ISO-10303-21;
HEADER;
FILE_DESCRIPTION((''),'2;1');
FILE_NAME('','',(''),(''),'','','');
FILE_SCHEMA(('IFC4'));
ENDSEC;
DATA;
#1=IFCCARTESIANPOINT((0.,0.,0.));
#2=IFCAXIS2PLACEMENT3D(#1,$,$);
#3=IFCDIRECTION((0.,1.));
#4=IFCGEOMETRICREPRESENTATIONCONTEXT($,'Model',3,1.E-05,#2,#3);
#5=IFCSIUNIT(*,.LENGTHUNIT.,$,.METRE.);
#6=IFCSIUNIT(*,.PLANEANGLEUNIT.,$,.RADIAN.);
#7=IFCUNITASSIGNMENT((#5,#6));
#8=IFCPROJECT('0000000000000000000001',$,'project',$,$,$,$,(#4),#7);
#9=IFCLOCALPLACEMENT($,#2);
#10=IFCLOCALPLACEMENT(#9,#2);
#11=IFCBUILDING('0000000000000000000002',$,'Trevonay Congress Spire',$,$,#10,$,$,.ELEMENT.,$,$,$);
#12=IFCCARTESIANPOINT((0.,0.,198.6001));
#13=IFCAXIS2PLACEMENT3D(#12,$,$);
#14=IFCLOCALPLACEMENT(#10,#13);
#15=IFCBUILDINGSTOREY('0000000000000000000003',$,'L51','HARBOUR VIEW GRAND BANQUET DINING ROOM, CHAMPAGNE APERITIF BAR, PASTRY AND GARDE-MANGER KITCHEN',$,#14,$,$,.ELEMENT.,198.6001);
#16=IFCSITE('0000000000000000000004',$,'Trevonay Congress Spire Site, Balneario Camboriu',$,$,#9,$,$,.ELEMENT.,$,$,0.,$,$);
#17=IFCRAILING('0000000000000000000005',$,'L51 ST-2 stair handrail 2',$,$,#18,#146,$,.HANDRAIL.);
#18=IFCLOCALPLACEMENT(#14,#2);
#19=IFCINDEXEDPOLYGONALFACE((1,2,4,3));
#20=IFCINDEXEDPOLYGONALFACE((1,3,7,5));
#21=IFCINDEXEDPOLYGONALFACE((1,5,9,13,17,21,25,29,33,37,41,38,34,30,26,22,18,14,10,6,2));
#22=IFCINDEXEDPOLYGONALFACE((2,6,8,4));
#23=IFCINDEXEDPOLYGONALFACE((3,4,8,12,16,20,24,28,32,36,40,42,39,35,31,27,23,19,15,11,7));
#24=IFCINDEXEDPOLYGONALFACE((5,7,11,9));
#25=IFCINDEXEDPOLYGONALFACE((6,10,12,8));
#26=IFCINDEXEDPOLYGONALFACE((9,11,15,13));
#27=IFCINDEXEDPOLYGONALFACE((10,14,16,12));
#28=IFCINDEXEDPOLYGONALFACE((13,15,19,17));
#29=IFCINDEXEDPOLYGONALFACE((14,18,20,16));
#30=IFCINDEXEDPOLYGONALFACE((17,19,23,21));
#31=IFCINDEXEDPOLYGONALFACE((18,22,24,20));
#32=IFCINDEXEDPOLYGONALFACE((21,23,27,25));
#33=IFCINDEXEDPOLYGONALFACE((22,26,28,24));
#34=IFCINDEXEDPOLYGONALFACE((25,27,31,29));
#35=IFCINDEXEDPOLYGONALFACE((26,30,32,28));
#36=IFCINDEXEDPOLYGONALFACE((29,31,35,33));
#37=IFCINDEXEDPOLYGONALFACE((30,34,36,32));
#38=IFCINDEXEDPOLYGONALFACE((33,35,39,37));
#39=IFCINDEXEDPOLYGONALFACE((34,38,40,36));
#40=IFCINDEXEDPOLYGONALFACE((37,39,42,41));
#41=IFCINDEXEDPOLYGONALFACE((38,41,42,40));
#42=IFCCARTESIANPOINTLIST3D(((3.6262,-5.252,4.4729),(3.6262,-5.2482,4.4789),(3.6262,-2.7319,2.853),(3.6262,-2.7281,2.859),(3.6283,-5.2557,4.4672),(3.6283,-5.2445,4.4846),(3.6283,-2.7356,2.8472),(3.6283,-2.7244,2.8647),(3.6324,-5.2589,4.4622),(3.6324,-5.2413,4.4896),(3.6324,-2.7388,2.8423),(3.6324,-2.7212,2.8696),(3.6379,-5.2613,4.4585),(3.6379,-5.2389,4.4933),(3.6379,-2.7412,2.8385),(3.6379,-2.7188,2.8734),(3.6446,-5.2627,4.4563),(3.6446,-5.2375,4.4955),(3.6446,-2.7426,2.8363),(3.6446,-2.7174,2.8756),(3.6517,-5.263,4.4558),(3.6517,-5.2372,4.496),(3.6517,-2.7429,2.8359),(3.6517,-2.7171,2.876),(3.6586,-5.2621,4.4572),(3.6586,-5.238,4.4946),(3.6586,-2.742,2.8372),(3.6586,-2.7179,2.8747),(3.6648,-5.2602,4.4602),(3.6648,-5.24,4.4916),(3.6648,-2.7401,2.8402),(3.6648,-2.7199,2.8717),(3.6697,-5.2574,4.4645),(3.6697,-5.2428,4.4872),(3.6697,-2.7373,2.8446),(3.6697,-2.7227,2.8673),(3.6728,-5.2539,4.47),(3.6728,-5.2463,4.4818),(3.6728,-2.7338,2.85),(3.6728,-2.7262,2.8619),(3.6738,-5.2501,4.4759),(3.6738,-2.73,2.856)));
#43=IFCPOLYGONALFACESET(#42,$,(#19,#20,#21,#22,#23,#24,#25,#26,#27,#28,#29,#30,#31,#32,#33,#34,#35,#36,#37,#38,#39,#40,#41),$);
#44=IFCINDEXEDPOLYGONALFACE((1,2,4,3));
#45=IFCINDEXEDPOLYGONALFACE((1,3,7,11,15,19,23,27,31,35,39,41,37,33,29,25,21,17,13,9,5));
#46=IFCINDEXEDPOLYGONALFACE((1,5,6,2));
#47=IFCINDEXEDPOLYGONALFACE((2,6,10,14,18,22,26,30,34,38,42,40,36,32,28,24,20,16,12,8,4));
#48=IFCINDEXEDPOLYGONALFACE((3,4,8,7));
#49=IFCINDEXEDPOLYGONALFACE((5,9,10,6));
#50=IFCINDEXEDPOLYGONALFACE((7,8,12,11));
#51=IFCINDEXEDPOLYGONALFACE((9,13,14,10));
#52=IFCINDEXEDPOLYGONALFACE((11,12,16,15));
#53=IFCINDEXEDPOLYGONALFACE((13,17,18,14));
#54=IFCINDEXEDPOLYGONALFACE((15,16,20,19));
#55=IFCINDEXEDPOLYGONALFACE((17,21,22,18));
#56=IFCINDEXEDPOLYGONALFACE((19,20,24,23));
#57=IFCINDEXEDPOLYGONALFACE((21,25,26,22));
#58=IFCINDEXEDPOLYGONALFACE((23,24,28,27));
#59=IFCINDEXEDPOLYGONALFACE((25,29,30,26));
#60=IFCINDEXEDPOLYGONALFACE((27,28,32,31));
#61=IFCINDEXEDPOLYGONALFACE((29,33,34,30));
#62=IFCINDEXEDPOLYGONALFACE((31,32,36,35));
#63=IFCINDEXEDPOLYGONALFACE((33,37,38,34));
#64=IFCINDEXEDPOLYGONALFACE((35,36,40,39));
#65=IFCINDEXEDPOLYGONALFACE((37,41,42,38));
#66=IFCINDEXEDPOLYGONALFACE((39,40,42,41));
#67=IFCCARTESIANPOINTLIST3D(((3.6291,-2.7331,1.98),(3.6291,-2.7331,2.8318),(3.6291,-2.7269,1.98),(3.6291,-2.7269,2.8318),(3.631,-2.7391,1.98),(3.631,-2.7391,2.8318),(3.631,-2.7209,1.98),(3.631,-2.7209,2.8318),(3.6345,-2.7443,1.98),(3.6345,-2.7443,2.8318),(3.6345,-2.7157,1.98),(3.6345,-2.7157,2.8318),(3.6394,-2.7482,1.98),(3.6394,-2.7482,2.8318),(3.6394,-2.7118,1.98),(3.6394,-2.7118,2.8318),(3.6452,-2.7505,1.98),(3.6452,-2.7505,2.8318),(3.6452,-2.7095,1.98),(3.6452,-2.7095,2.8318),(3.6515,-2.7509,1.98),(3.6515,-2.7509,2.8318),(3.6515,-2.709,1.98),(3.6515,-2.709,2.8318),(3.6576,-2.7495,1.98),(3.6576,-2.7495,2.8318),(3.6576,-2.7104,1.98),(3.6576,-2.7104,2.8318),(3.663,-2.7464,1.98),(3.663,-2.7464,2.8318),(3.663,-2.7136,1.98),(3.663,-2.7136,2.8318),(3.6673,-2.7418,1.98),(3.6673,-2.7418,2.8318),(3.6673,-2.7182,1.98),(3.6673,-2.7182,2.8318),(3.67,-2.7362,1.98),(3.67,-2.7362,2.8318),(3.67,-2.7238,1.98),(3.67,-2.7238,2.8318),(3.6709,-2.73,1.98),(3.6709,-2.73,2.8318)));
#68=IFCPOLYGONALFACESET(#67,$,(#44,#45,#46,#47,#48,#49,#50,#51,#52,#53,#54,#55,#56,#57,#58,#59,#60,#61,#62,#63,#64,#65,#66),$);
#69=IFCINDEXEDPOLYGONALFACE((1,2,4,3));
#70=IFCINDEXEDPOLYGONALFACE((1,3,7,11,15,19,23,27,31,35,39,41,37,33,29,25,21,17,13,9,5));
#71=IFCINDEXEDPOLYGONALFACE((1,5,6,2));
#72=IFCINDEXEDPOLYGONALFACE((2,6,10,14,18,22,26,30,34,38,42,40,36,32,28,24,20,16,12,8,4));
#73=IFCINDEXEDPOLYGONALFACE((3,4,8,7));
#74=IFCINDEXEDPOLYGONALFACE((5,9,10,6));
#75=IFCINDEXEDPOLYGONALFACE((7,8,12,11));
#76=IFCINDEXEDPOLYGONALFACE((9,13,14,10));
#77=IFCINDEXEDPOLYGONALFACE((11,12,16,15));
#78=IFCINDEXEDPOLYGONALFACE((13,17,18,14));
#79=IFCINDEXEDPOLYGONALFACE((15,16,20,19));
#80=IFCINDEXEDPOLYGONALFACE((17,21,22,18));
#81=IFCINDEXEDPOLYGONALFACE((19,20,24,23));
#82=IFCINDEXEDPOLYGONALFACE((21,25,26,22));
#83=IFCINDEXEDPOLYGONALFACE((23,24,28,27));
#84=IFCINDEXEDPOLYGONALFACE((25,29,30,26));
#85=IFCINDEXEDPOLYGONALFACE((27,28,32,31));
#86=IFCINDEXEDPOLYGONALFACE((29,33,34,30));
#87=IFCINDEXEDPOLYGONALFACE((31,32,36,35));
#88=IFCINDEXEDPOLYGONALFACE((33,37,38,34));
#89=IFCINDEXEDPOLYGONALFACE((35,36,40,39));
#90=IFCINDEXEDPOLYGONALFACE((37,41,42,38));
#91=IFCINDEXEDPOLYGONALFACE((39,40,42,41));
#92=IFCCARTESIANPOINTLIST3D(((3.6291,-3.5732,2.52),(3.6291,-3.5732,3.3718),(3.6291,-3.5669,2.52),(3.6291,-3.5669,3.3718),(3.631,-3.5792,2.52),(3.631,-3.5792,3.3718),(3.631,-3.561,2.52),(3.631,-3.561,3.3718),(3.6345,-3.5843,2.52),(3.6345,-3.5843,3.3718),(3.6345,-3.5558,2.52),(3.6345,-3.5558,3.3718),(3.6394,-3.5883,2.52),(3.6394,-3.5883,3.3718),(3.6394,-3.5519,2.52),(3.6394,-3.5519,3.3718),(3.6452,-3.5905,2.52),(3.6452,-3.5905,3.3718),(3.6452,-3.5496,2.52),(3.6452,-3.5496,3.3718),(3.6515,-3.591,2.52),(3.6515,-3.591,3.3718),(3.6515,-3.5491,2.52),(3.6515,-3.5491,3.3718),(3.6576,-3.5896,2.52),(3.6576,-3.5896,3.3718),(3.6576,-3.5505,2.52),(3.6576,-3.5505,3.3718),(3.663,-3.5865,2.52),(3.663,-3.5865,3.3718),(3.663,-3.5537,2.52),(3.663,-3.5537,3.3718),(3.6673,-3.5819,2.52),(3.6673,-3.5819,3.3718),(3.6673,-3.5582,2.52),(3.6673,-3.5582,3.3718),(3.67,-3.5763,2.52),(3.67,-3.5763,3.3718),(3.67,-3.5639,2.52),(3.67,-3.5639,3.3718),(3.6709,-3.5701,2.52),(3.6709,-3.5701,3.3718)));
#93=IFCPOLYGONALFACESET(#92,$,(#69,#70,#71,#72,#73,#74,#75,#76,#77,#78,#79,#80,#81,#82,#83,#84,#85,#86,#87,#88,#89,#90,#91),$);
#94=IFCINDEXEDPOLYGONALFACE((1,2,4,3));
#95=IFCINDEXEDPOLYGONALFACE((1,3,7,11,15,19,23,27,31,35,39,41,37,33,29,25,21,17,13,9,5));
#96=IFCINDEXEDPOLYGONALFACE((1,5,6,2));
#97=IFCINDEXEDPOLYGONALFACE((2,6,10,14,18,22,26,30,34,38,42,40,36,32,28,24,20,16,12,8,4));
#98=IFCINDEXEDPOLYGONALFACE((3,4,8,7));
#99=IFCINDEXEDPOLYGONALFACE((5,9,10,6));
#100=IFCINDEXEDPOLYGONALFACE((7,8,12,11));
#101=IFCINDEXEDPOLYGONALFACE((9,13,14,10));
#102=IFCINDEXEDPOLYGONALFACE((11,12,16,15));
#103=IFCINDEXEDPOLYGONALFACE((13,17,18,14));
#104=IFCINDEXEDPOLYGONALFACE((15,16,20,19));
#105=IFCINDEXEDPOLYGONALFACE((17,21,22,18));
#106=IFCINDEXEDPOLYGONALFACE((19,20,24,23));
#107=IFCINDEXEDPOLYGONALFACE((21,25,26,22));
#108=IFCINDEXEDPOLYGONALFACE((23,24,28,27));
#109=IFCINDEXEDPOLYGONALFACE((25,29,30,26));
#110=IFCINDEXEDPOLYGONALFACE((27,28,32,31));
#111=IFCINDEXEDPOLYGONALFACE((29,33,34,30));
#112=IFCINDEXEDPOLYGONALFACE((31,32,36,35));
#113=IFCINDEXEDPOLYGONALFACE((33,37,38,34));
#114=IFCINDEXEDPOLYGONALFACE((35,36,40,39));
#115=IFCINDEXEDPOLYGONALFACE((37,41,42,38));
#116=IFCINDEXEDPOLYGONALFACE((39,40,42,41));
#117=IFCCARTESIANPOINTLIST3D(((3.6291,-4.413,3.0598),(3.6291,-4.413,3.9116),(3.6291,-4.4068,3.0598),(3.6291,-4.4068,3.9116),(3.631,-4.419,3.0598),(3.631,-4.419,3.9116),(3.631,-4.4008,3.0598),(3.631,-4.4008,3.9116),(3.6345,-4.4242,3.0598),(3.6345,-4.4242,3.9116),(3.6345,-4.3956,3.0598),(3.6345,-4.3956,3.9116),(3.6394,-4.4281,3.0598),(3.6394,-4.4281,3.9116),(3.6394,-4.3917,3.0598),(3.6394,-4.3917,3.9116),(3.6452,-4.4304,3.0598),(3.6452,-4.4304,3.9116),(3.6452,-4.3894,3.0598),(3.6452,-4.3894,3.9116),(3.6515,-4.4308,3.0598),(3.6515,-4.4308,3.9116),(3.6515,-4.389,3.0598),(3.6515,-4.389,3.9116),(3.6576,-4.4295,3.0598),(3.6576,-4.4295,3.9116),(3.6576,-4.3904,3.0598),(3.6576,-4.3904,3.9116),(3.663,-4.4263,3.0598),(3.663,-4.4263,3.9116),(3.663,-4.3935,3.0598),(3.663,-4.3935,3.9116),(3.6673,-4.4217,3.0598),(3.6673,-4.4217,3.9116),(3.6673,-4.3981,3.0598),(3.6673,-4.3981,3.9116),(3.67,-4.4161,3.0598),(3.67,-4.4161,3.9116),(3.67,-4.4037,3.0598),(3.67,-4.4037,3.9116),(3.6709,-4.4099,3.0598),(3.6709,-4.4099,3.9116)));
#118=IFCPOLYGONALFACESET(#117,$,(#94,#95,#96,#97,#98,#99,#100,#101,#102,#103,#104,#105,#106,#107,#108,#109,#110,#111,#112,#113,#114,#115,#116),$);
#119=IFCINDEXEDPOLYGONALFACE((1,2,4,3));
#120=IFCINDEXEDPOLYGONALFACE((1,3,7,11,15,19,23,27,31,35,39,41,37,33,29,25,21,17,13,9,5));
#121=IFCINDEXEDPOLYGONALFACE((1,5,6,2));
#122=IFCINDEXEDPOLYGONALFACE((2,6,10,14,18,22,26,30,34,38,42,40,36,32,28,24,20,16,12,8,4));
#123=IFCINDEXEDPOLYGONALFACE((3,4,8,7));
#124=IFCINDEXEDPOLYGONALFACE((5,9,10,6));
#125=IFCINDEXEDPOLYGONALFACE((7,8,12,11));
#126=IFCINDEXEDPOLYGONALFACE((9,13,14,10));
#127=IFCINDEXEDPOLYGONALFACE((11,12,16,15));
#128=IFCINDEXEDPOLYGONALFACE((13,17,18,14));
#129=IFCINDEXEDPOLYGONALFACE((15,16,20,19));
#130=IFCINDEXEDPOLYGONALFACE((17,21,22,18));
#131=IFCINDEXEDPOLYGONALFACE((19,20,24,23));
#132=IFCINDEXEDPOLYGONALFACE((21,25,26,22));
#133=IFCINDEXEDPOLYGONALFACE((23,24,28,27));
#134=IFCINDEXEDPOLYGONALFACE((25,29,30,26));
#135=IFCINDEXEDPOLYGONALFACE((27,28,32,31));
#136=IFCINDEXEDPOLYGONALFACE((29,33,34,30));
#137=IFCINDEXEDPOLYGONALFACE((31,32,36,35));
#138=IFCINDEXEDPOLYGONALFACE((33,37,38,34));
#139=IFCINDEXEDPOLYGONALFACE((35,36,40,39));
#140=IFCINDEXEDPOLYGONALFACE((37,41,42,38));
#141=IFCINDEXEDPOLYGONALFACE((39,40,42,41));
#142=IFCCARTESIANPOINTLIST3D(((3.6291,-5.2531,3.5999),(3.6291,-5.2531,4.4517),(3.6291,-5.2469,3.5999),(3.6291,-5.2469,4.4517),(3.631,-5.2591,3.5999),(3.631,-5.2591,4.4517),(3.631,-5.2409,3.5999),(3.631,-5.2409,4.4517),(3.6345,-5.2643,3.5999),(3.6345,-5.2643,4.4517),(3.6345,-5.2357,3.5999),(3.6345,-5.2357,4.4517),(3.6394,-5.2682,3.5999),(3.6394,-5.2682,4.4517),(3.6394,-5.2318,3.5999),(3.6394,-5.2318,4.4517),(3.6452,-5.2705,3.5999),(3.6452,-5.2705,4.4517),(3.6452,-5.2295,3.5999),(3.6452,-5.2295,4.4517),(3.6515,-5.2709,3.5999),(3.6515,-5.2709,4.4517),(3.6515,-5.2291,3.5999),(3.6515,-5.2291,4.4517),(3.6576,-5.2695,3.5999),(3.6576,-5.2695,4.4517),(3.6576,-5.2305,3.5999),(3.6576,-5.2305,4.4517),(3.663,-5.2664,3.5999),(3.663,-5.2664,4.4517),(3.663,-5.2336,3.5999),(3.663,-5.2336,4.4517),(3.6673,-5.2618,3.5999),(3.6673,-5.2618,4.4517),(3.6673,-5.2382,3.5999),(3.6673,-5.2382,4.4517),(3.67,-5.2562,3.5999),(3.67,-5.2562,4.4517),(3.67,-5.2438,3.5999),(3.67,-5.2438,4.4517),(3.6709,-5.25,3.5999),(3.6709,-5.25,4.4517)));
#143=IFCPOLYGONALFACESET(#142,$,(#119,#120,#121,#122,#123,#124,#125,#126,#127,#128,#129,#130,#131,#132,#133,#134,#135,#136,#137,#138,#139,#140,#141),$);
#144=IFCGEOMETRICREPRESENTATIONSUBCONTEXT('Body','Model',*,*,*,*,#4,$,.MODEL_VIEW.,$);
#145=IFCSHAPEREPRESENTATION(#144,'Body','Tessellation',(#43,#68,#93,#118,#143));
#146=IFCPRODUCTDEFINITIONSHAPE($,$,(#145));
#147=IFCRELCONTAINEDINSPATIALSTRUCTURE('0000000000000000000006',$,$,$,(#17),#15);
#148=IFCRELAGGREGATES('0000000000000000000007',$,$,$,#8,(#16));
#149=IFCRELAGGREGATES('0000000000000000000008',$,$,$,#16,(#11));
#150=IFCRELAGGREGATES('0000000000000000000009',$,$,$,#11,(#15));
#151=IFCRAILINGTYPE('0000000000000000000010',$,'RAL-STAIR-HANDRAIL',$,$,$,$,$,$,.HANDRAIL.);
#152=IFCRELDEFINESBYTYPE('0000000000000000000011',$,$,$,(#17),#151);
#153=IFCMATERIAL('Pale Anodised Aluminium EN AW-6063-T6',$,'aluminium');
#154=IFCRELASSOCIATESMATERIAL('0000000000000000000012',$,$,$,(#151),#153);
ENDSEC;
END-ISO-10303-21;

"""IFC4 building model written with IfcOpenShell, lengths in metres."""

from ifc_helpers import new_model, si_unit, direction, frame, origin, origin_2d, place, context, subcontext, project, spatial, circle, extrude, material, type_object, element, save


model = new_model("IFC4")

# Units and contexts
model_context = context("Model", 3, precision=1e-05, world=origin(), true_north=direction((0.0, 1.0)))
body_context = subcontext(model_context, "Body", "Model", "MODEL_VIEW")
ifc_project = project(units=[si_unit("LENGTHUNIT", "METRE"), si_unit("PLANEANGLEUNIT", "RADIAN")], contexts=[model_context])

# Site, building, storey
site_placement = place(None, origin())
site = spatial("IfcSite", under=ifc_project, at=site_placement, Name="Trevonay Congress Spire Site, Balneario Camboriu", CompositionType="ELEMENT", RefElevation=0.0)
building_placement = place(site_placement, origin())
building = spatial("IfcBuilding", under=site, at=building_placement, Name="Trevonay Congress Spire", CompositionType="ELEMENT")
storey_placement = place(building_placement, frame((0.0, 0.0, 198.6001)))
storey = spatial("IfcBuildingStorey", under=building, at=storey_placement, Name="L51", Description="HARBOUR VIEW GRAND BANQUET DINING ROOM, CHAMPAGNE APERITIF BAR, PASTRY AND GARDE-MANGER KITCHEN", CompositionType="ELEMENT", Elevation=198.6001)

# Shared definitions
ifc_material_1 = material(Name="Pale Anodised Aluminium EN AW-6063-T6", Category="aluminium")

# Railing
railing_type_1 = type_object("IfcRailingType", Name="RAL-STAIR-HANDRAIL", PredefinedType="HANDRAIL", material=ifc_material_1)
railing_1_placement = place(storey_placement, frame((3.6499, -2.73, 1.98)))
element("IfcRailing", 1, at=railing_1_placement, inside=storey, type_object=railing_type_1, Name="L51 ST-2 stair handrail 2", PredefinedType="HANDRAIL", context=body_context, shape_type="SweptSolid", body=[
    extrude(circle(Radius=0.0239, at=origin_2d()), frame((0.0, 0.0, 0.876), z_axis=(0.0, -0.8412, 0.540725), x_axis=(1.0, 0.0, 0.0)), (0.0, 0.0, 1.0), 2.9958),
    extrude(circle(Radius=0.021, at=origin_2d()), origin(), (0.0, 0.0, 1.0), 0.8518),
    extrude(circle(Radius=0.021, at=origin_2d()), frame((0.0, -0.8401, 0.54)), (0.0, 0.0, 1.0), 0.8518),
    extrude(circle(Radius=0.021, at=origin_2d()), frame((0.0, -1.6799, 1.0798)), (0.0, 0.0, 1.0), 0.8518),
    extrude(circle(Radius=0.021, at=origin_2d()), frame((0.0, -2.52, 1.6199)), (0.0, 0.0, 1.0), 0.8518),
])

save(model, "model.ifc")
